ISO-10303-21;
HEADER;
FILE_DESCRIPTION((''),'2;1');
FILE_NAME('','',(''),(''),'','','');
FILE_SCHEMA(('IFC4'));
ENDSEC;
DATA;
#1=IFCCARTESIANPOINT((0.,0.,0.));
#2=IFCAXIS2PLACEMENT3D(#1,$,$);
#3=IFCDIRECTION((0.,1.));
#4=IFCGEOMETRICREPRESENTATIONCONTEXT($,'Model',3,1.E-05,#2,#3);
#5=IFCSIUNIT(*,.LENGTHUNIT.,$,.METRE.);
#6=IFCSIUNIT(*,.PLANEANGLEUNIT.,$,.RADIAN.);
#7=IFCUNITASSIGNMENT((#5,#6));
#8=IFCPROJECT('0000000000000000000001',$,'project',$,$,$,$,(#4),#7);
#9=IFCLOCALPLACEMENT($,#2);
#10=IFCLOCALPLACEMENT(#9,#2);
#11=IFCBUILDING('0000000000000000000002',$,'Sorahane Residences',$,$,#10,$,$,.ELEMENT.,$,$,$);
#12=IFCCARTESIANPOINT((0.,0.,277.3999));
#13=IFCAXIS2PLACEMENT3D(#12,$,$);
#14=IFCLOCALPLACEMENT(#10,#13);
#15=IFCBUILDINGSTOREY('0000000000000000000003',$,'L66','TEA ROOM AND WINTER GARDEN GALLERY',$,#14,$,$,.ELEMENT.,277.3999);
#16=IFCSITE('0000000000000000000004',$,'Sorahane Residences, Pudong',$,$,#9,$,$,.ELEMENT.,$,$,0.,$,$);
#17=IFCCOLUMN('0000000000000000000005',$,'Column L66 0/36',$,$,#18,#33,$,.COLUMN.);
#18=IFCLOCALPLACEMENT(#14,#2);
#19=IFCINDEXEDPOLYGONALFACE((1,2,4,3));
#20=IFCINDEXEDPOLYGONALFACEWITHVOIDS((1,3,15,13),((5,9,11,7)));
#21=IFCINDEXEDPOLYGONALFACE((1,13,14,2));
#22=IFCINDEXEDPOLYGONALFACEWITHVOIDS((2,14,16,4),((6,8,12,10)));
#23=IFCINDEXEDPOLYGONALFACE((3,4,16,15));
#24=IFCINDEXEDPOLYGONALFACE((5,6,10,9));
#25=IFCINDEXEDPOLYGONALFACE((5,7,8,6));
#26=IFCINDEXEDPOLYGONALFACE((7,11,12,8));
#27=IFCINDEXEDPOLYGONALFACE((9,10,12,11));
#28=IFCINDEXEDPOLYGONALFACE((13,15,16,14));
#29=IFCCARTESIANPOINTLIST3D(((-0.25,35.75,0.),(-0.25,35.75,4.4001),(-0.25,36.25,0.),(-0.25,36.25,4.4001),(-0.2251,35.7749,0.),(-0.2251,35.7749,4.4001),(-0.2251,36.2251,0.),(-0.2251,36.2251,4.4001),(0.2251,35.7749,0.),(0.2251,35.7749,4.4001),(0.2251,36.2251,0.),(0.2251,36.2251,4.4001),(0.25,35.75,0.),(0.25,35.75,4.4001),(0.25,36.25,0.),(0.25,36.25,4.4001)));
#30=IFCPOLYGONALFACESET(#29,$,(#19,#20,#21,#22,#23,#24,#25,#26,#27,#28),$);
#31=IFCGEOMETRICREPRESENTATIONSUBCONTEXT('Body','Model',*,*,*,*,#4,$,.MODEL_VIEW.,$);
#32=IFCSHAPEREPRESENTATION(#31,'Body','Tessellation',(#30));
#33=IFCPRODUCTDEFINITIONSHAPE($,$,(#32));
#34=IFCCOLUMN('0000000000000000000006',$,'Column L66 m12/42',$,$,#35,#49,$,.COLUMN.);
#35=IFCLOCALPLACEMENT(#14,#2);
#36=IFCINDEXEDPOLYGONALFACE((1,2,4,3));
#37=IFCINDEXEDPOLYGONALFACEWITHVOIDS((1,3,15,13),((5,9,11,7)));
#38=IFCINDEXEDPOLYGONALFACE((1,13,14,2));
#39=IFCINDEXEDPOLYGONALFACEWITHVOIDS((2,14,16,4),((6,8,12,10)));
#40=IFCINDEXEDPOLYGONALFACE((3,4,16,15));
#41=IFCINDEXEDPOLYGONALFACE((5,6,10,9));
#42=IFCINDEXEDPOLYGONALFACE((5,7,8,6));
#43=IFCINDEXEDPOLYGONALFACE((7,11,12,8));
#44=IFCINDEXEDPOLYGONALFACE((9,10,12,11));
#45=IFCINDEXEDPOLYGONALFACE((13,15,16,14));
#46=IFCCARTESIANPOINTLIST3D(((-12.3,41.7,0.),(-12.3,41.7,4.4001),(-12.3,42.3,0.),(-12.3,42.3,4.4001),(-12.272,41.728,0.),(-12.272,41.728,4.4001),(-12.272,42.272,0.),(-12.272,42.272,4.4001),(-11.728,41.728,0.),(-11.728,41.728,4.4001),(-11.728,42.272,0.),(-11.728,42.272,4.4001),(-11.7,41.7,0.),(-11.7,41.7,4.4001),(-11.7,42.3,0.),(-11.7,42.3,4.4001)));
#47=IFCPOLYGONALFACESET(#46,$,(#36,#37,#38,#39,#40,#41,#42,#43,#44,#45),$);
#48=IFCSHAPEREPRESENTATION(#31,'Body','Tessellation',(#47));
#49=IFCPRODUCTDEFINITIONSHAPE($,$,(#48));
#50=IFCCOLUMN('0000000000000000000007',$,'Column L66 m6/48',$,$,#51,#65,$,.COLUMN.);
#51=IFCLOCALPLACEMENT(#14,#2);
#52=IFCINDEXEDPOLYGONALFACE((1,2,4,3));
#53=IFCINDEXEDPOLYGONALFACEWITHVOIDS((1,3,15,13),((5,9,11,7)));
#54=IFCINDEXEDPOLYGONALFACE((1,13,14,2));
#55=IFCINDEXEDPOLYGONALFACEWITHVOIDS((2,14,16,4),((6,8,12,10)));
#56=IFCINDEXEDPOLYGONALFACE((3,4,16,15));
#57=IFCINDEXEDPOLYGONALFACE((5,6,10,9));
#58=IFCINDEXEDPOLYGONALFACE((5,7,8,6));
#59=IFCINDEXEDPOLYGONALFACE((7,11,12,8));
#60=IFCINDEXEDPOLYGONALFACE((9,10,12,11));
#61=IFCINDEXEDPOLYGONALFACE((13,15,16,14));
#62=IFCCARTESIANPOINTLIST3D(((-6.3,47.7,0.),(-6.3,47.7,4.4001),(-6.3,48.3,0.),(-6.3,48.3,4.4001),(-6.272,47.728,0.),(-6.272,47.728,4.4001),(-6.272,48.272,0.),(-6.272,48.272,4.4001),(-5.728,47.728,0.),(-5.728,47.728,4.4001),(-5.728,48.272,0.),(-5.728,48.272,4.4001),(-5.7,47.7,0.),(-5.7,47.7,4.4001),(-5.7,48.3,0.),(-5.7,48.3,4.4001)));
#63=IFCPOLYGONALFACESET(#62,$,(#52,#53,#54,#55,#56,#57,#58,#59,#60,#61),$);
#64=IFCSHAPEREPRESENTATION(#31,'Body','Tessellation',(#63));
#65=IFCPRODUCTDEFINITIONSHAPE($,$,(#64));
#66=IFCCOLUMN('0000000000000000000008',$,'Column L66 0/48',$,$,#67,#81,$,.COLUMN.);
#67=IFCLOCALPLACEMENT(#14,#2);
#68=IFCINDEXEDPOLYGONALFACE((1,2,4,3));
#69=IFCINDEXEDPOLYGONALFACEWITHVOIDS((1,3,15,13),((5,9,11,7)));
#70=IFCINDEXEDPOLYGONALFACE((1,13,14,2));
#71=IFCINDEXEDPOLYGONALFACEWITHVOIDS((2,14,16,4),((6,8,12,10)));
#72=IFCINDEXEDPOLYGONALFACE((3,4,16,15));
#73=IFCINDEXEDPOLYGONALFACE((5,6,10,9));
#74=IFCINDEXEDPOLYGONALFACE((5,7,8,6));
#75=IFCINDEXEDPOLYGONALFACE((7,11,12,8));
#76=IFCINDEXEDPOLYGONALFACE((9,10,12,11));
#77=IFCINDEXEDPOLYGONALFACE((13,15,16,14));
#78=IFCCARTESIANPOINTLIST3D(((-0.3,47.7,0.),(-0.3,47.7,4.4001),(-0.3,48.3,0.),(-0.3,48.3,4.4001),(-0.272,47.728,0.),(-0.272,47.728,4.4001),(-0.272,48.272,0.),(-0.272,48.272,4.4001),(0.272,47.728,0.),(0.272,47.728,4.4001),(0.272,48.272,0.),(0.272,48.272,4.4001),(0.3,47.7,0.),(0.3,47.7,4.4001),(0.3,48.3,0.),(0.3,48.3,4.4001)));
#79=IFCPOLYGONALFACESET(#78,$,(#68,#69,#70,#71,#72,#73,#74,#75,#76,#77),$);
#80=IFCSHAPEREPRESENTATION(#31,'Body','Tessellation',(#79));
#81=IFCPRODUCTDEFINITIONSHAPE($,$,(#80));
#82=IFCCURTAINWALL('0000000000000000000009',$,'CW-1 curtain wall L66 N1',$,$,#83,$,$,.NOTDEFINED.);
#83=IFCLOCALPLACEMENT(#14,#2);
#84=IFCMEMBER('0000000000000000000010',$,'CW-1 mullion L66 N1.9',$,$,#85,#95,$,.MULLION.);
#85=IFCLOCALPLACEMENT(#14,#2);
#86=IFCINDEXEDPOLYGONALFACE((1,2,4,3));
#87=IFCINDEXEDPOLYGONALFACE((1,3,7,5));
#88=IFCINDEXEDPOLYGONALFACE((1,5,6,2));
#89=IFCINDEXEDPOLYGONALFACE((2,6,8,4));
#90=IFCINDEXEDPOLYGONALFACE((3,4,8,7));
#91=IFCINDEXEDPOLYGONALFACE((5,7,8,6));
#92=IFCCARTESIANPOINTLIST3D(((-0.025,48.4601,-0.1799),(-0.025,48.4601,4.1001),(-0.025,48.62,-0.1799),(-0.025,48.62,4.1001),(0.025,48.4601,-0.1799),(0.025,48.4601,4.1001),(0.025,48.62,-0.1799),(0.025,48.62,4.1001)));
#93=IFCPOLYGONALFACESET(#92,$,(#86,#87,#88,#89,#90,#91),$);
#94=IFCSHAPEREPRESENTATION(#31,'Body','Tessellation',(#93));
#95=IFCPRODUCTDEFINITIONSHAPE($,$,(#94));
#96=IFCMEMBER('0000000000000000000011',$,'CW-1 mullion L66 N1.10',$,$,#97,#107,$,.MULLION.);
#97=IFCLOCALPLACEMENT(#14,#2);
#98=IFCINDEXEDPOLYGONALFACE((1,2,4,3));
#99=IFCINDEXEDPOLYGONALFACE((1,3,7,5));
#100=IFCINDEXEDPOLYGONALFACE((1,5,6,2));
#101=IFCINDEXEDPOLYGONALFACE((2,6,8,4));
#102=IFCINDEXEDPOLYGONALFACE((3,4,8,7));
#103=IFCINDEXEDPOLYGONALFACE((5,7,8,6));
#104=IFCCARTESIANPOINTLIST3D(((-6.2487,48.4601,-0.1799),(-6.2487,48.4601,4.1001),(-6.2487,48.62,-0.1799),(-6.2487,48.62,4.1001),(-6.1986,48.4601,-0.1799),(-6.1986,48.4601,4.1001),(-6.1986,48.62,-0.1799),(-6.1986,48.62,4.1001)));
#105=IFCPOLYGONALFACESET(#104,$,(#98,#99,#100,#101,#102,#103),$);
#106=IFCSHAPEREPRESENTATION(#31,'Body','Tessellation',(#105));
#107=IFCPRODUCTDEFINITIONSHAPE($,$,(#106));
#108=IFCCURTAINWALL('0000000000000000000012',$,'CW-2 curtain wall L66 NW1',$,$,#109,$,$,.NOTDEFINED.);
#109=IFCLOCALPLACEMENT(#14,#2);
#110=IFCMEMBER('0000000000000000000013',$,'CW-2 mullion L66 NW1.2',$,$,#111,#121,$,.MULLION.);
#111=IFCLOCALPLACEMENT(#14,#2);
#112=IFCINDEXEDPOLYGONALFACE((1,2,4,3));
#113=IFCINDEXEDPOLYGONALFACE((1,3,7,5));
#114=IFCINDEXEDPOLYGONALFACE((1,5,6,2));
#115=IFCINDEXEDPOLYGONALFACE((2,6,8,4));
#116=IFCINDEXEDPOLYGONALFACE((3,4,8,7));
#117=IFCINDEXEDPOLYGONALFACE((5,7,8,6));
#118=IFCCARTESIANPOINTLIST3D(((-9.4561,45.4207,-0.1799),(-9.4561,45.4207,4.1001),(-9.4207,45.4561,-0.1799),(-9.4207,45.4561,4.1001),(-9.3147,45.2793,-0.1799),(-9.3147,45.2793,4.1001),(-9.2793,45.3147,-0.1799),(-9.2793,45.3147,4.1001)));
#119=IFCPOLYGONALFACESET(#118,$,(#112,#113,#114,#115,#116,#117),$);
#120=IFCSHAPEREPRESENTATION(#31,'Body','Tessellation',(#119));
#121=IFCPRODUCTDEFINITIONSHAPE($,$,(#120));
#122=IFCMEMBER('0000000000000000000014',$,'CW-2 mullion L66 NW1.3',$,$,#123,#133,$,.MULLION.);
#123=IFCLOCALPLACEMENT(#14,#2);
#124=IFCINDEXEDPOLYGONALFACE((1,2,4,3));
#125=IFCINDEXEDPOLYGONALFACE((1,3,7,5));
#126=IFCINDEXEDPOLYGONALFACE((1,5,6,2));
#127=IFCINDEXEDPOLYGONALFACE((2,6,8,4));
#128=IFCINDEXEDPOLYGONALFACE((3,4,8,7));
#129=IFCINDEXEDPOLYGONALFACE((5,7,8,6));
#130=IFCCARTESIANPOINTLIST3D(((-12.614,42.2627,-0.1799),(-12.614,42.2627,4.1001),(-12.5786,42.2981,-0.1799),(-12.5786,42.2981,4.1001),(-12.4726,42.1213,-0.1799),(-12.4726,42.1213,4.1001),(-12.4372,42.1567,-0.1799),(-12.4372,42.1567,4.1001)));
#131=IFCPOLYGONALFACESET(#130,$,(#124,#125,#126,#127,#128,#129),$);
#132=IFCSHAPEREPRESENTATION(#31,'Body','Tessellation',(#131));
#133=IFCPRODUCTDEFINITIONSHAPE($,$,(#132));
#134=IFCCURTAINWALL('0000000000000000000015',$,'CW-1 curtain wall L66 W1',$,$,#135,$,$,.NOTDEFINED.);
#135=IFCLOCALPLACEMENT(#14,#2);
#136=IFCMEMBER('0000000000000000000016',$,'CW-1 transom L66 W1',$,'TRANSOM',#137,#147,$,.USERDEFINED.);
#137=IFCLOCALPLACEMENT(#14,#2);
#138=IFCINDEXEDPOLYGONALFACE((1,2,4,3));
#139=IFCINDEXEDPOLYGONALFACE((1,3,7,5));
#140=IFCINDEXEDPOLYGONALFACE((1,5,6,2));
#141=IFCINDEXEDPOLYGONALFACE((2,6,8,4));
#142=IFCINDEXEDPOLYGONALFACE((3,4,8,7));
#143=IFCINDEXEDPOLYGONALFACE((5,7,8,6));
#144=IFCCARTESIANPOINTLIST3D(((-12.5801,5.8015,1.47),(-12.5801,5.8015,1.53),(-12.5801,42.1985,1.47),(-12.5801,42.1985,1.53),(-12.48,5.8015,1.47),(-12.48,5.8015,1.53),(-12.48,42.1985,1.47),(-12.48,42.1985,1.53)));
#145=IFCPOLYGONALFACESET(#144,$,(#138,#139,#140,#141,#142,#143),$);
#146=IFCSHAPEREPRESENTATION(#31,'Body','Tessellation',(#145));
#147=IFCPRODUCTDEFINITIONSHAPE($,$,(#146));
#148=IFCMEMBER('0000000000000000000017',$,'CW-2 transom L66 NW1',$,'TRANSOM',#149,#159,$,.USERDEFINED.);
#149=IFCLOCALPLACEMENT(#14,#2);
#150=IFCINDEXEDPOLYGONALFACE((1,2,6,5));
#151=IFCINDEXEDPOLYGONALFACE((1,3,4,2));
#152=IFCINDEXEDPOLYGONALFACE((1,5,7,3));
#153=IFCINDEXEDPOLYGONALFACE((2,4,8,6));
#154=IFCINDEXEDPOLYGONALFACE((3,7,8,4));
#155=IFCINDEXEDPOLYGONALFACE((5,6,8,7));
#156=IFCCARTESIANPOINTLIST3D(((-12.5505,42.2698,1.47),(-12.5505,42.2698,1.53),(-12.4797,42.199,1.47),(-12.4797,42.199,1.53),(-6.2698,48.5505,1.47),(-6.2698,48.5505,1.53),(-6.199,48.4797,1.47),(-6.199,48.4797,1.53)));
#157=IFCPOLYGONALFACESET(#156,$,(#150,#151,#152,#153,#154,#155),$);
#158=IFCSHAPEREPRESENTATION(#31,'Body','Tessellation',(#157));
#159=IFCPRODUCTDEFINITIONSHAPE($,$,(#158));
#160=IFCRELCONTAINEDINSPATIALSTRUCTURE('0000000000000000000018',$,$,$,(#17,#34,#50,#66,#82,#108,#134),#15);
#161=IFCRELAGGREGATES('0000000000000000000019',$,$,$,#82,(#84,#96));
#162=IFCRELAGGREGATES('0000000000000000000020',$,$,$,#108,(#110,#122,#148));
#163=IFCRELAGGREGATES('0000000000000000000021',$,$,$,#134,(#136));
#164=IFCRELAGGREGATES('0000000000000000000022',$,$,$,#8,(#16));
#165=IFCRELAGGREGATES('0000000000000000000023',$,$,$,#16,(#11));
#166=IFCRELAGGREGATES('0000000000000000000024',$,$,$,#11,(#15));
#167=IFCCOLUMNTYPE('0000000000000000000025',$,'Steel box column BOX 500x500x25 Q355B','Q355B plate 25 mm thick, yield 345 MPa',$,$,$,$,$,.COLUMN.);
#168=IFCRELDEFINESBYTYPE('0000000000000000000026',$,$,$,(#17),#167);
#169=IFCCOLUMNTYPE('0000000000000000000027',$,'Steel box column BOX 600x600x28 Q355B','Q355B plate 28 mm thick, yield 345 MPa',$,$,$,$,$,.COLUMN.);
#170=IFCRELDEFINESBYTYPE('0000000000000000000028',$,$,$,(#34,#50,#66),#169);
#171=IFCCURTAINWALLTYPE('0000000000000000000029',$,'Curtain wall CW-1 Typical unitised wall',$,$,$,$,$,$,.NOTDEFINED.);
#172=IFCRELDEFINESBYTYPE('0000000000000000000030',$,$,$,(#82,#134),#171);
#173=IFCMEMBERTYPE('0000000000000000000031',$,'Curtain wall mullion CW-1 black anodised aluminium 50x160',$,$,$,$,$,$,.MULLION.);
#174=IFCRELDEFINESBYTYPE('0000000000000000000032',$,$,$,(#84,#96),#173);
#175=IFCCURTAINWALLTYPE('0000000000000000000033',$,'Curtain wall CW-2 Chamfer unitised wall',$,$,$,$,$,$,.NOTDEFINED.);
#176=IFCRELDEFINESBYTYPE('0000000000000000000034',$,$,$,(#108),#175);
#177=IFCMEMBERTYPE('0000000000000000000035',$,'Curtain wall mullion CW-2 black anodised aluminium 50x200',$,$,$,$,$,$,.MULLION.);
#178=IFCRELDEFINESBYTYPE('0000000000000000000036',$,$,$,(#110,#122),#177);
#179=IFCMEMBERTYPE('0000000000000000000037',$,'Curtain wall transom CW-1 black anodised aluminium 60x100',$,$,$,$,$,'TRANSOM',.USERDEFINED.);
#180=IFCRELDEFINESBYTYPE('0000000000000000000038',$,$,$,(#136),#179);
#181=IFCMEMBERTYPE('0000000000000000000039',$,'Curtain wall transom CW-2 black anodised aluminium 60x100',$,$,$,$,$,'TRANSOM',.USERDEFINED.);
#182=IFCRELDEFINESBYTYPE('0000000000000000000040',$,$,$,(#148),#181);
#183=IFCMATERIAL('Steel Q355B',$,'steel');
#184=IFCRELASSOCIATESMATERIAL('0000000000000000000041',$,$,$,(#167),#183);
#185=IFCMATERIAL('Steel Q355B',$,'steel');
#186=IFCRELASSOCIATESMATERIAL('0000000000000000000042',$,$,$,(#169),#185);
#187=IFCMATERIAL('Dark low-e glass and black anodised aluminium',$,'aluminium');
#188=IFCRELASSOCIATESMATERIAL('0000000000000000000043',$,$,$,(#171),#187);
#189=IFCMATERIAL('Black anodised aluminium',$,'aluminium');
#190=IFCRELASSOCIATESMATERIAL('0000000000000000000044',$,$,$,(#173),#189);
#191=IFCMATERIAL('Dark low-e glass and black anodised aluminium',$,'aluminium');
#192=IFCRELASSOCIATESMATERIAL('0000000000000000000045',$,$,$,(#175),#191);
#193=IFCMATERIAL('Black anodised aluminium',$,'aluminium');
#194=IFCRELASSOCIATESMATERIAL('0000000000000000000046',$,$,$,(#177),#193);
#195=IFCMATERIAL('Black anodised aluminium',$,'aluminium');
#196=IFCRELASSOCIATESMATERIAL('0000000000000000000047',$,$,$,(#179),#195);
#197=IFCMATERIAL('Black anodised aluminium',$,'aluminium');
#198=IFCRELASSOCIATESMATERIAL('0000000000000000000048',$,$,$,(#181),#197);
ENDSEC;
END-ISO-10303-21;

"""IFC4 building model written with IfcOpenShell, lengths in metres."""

from ifc_helpers import new_model, si_unit, direction, frame, origin, origin_2d, place, context, subcontext, project, spatial, rectangle, hollow_rectangle, extrude, material, material_profile, profile_set, type_object, element, aggregate, save


model = new_model("IFC4")

# Units and contexts
model_context = context("Model", 3, precision=1e-05, world=origin(), true_north=direction((0.0, 1.0)))
body_context = subcontext(model_context, "Body", "Model", "MODEL_VIEW")
ifc_project = project(units=[si_unit("LENGTHUNIT", "METRE"), si_unit("PLANEANGLEUNIT", "RADIAN")], contexts=[model_context])

# Site, building, storey
site_placement = place(None, origin())
site = spatial("IfcSite", under=ifc_project, at=site_placement, Name="Sorahane Residences, Pudong", CompositionType="ELEMENT", RefElevation=0.0)
building_placement = place(site_placement, origin())
building = spatial("IfcBuilding", under=site, at=building_placement, Name="Sorahane Residences", CompositionType="ELEMENT")
storey_placement = place(building_placement, frame((0.0, 0.0, 277.3999)))
storey = spatial("IfcBuildingStorey", under=building, at=storey_placement, Name="L66", Description="TEA ROOM AND WINTER GARDEN GALLERY", CompositionType="ELEMENT", Elevation=277.3999)

# Columns
ifc_material_1 = material(Name="Steel Q355B", Category="steel")
ifc_material_profile_1 = material_profile(ifc_material_1, hollow_rectangle(XDim=0.5, YDim=0.5, WallThickness=0.0249, at=origin_2d()), Name="BOX 500x500x25")
ifc_profile_set_1 = profile_set([ifc_material_profile_1], Name="Steel Q355B")
column_type_1 = type_object("IfcColumnType", Name="Steel box column BOX 500x500x25 Q355B", Description="Q355B plate 25 mm thick, yield 345 MPa", PredefinedType="COLUMN", material=ifc_profile_set_1)
column_placement = place(storey_placement, frame((0.0, 36.0, 0.0), z_axis=(0.0, 0.0, 1.0), x_axis=(1.0, 0.0, 0.0)))
element("IfcColumn", 1, at=column_placement, inside=storey, type_object=column_type_1, Name="Column L66 0/36", PredefinedType="COLUMN", context=body_context, shape_type="SweptSolid", body=[
    extrude(hollow_rectangle(XDim=0.5, YDim=0.5, WallThickness=0.0249, at=origin_2d()), origin(), (0.0, 0.0, 1.0), 4.4001),
])
ifc_material_2 = material(Name="Steel Q355B", Category="steel")
ifc_material_profile_2 = material_profile(ifc_material_2, hollow_rectangle(XDim=0.6001, YDim=0.6001, WallThickness=0.0281, at=origin_2d()), Name="BOX 600x600x28")
ifc_profile_set_2 = profile_set([ifc_material_profile_2], Name="Steel Q355B")
column_type_2 = type_object("IfcColumnType", Name="Steel box column BOX 600x600x28 Q355B", Description="Q355B plate 28 mm thick, yield 345 MPa", PredefinedType="COLUMN", material=ifc_profile_set_2)
for number, where, z_axis, x_axis, name in (
    (2, (-12.0, 42.0, 0.0), (0.0, 0.0, 1.0), (1.0, 0.0, 0.0), "Column L66 m12/42"),
    (3, (-6.0, 48.0, 0.0), (0.0, 0.0, 1.0), (1.0, 0.0, 0.0), "Column L66 m6/48"),
    (4, (0.0, 48.0, 0.0), (0.0, 0.0, 1.0), (1.0, 0.0, 0.0), "Column L66 0/48"),
):
    element("IfcColumn", number, at=place(storey_placement, frame(where, z_axis=z_axis, x_axis=x_axis)), inside=storey, type_object=column_type_2, Name=name, PredefinedType="COLUMN", context=body_context, shape_type="SweptSolid", body=[
        extrude(hollow_rectangle(XDim=0.6001, YDim=0.6001, WallThickness=0.0281, at=origin_2d()), origin(), (0.0, 0.0, 1.0), 4.4001),
    ])

# Curtain walls, members
ifc_material_3 = material(Name="Dark low-e glass and black anodised aluminium", Category="aluminium")
curtain_wall_type_1 = type_object("IfcCurtainWallType", Name="Curtain wall CW-1 Typical unitised wall", PredefinedType="NOTDEFINED", material=ifc_material_3)
curtain_wall_1_placement = place(storey_placement, origin())
curtain_wall_1 = element("IfcCurtainWall", 5, at=curtain_wall_1_placement, inside=storey, type_object=curtain_wall_type_1, Name="CW-1 curtain wall L66 N1", PredefinedType="NOTDEFINED")
ifc_material_4 = material(Name="Black anodised aluminium", Category="aluminium")
ifc_material_profile_3 = material_profile(ifc_material_4, rectangle(XDim=0.1599, YDim=0.05, at=origin_2d()), Name="Curtain wall mullion CW-1 black anodised aluminium 50x160")
ifc_profile_set_3 = profile_set([ifc_material_profile_3], Name="Black anodised aluminium")
member_type_1 = type_object("IfcMemberType", Name="Curtain wall mullion CW-1 black anodised aluminium 50x160", PredefinedType="MULLION", material=ifc_profile_set_3)
member_1_placement = place(storey_placement, frame((0.0, 48.54, -0.1799), z_axis=(0.0, 0.0, 1.0), x_axis=(0.0, 1.0, 0.0)))
member_1 = element("IfcMember", 6, at=member_1_placement, type_object=member_type_1, Name="CW-1 mullion L66 N1.9", PredefinedType="MULLION", context=body_context, shape_type="SweptSolid", body=[
    extrude(rectangle(XDim=0.1599, YDim=0.05, at=origin_2d()), origin(), (0.0, 0.0, 1.0), 4.28),
])
member_2_placement = place(storey_placement, frame((-6.2236, 48.54, -0.1799), z_axis=(0.0, 0.0, 1.0), x_axis=(0.0, 1.0, 0.0)))
member_2 = element("IfcMember", 7, at=member_2_placement, type_object=member_type_1, Name="CW-1 mullion L66 N1.10", PredefinedType="MULLION", context=body_context, shape_type="SweptSolid", body=[
    extrude(rectangle(XDim=0.1599, YDim=0.05, at=origin_2d()), origin(), (0.0, 0.0, 1.0), 4.28),
])
ifc_material_5 = material(Name="Dark low-e glass and black anodised aluminium", Category="aluminium")
curtain_wall_type_2 = type_object("IfcCurtainWallType", Name="Curtain wall CW-2 Chamfer unitised wall", PredefinedType="NOTDEFINED", material=ifc_material_5)
curtain_wall_2_placement = place(storey_placement, origin())
curtain_wall_2 = element("IfcCurtainWall", 8, at=curtain_wall_2_placement, inside=storey, type_object=curtain_wall_type_2, Name="CW-2 curtain wall L66 NW1", PredefinedType="NOTDEFINED")
ifc_material_6 = material(Name="Black anodised aluminium", Category="aluminium")
ifc_material_profile_4 = material_profile(ifc_material_6, rectangle(XDim=0.2, YDim=0.05, at=origin_2d()), Name="Curtain wall mullion CW-2 black anodised aluminium 50x200")
ifc_profile_set_4 = profile_set([ifc_material_profile_4], Name="Black anodised aluminium")
member_type_2 = type_object("IfcMemberType", Name="Curtain wall mullion CW-2 black anodised aluminium 50x200", PredefinedType="MULLION", material=ifc_profile_set_4)
member_3_placement = place(storey_placement, frame((-9.3677, 45.3677, -0.1799), z_axis=(0.0, 0.0, 1.0), x_axis=(-0.707107, 0.707107, 0.0)))
member_3 = element("IfcMember", 9, at=member_3_placement, type_object=member_type_2, Name="CW-2 mullion L66 NW1.2", PredefinedType="MULLION", context=body_context, shape_type="SweptSolid", body=[
    extrude(rectangle(XDim=0.2, YDim=0.05, at=origin_2d()), origin(), (0.0, 0.0, 1.0), 4.28),
])
member_4_placement = place(storey_placement, frame((-12.5256, 42.2097, -0.1799), z_axis=(0.0, 0.0, 1.0), x_axis=(-0.707107, 0.707107, 0.0)))
member_4 = element("IfcMember", 10, at=member_4_placement, type_object=member_type_2, Name="CW-2 mullion L66 NW1.3", PredefinedType="MULLION", context=body_context, shape_type="SweptSolid", body=[
    extrude(rectangle(XDim=0.2, YDim=0.05, at=origin_2d()), origin(), (0.0, 0.0, 1.0), 4.28),
])

# Curtain wall, member
curtain_wall_3_placement = place(storey_placement, origin())
curtain_wall_3 = element("IfcCurtainWall", 11, at=curtain_wall_3_placement, inside=storey, type_object=curtain_wall_type_1, Name="CW-1 curtain wall L66 W1", PredefinedType="NOTDEFINED")
ifc_material_7 = material(Name="Black anodised aluminium", Category="aluminium")
ifc_material_profile_5 = material_profile(ifc_material_7, rectangle(XDim=0.1001, YDim=0.0601, at=origin_2d()), Name="Curtain wall transom CW-1 black anodised aluminium 60x100")
ifc_profile_set_5 = profile_set([ifc_material_profile_5], Name="Black anodised aluminium")
member_type_3 = type_object("IfcMemberType", Name="Curtain wall transom CW-1 black anodised aluminium 60x100", ElementType="TRANSOM", PredefinedType="USERDEFINED", material=ifc_profile_set_5)
member_5_placement = place(storey_placement, frame((-12.53, 42.1985, 1.5), z_axis=(0.0, -1.0, 0.0), x_axis=(1.0, 0.0, 0.0)))
member_5 = element("IfcMember", 12, at=member_5_placement, type_object=member_type_3, Name="CW-1 transom L66 W1", ObjectType="TRANSOM", PredefinedType="USERDEFINED", context=body_context, shape_type="SweptSolid", body=[
    extrude(rectangle(XDim=0.1001, YDim=0.0601, at=origin_2d()), origin(), (0.0, 0.0, 1.0), 36.397),
])

# Member
ifc_material_8 = material(Name="Black anodised aluminium", Category="aluminium")
ifc_material_profile_6 = material_profile(ifc_material_8, rectangle(XDim=0.1001, YDim=0.0601, at=origin_2d()), Name="Curtain wall transom CW-2 black anodised aluminium 60x100")
ifc_profile_set_6 = profile_set([ifc_material_profile_6], Name="Black anodised aluminium")
member_type_4 = type_object("IfcMemberType", Name="Curtain wall transom CW-2 black anodised aluminium 60x100", ElementType="TRANSOM", PredefinedType="USERDEFINED", material=ifc_profile_set_6)
member_6_placement = place(storey_placement, frame((-6.2344, 48.5151, 1.5), z_axis=(-0.707107, -0.707107, 0.0), x_axis=(0.707107, -0.707107, 0.0)))
member_6 = element("IfcMember", 13, at=member_6_placement, type_object=member_type_4, Name="CW-2 transom L66 NW1", ObjectType="TRANSOM", PredefinedType="USERDEFINED", context=body_context, shape_type="SweptSolid", body=[
    extrude(rectangle(XDim=0.1001, YDim=0.0601, at=origin_2d()), origin(), (0.0, 0.0, 1.0), 8.8823),
])

aggregate(curtain_wall_1, [member_1, member_2])
aggregate(curtain_wall_2, [member_3, member_4, member_6])
aggregate(curtain_wall_3, [member_5])

save(model, "model.ifc")
